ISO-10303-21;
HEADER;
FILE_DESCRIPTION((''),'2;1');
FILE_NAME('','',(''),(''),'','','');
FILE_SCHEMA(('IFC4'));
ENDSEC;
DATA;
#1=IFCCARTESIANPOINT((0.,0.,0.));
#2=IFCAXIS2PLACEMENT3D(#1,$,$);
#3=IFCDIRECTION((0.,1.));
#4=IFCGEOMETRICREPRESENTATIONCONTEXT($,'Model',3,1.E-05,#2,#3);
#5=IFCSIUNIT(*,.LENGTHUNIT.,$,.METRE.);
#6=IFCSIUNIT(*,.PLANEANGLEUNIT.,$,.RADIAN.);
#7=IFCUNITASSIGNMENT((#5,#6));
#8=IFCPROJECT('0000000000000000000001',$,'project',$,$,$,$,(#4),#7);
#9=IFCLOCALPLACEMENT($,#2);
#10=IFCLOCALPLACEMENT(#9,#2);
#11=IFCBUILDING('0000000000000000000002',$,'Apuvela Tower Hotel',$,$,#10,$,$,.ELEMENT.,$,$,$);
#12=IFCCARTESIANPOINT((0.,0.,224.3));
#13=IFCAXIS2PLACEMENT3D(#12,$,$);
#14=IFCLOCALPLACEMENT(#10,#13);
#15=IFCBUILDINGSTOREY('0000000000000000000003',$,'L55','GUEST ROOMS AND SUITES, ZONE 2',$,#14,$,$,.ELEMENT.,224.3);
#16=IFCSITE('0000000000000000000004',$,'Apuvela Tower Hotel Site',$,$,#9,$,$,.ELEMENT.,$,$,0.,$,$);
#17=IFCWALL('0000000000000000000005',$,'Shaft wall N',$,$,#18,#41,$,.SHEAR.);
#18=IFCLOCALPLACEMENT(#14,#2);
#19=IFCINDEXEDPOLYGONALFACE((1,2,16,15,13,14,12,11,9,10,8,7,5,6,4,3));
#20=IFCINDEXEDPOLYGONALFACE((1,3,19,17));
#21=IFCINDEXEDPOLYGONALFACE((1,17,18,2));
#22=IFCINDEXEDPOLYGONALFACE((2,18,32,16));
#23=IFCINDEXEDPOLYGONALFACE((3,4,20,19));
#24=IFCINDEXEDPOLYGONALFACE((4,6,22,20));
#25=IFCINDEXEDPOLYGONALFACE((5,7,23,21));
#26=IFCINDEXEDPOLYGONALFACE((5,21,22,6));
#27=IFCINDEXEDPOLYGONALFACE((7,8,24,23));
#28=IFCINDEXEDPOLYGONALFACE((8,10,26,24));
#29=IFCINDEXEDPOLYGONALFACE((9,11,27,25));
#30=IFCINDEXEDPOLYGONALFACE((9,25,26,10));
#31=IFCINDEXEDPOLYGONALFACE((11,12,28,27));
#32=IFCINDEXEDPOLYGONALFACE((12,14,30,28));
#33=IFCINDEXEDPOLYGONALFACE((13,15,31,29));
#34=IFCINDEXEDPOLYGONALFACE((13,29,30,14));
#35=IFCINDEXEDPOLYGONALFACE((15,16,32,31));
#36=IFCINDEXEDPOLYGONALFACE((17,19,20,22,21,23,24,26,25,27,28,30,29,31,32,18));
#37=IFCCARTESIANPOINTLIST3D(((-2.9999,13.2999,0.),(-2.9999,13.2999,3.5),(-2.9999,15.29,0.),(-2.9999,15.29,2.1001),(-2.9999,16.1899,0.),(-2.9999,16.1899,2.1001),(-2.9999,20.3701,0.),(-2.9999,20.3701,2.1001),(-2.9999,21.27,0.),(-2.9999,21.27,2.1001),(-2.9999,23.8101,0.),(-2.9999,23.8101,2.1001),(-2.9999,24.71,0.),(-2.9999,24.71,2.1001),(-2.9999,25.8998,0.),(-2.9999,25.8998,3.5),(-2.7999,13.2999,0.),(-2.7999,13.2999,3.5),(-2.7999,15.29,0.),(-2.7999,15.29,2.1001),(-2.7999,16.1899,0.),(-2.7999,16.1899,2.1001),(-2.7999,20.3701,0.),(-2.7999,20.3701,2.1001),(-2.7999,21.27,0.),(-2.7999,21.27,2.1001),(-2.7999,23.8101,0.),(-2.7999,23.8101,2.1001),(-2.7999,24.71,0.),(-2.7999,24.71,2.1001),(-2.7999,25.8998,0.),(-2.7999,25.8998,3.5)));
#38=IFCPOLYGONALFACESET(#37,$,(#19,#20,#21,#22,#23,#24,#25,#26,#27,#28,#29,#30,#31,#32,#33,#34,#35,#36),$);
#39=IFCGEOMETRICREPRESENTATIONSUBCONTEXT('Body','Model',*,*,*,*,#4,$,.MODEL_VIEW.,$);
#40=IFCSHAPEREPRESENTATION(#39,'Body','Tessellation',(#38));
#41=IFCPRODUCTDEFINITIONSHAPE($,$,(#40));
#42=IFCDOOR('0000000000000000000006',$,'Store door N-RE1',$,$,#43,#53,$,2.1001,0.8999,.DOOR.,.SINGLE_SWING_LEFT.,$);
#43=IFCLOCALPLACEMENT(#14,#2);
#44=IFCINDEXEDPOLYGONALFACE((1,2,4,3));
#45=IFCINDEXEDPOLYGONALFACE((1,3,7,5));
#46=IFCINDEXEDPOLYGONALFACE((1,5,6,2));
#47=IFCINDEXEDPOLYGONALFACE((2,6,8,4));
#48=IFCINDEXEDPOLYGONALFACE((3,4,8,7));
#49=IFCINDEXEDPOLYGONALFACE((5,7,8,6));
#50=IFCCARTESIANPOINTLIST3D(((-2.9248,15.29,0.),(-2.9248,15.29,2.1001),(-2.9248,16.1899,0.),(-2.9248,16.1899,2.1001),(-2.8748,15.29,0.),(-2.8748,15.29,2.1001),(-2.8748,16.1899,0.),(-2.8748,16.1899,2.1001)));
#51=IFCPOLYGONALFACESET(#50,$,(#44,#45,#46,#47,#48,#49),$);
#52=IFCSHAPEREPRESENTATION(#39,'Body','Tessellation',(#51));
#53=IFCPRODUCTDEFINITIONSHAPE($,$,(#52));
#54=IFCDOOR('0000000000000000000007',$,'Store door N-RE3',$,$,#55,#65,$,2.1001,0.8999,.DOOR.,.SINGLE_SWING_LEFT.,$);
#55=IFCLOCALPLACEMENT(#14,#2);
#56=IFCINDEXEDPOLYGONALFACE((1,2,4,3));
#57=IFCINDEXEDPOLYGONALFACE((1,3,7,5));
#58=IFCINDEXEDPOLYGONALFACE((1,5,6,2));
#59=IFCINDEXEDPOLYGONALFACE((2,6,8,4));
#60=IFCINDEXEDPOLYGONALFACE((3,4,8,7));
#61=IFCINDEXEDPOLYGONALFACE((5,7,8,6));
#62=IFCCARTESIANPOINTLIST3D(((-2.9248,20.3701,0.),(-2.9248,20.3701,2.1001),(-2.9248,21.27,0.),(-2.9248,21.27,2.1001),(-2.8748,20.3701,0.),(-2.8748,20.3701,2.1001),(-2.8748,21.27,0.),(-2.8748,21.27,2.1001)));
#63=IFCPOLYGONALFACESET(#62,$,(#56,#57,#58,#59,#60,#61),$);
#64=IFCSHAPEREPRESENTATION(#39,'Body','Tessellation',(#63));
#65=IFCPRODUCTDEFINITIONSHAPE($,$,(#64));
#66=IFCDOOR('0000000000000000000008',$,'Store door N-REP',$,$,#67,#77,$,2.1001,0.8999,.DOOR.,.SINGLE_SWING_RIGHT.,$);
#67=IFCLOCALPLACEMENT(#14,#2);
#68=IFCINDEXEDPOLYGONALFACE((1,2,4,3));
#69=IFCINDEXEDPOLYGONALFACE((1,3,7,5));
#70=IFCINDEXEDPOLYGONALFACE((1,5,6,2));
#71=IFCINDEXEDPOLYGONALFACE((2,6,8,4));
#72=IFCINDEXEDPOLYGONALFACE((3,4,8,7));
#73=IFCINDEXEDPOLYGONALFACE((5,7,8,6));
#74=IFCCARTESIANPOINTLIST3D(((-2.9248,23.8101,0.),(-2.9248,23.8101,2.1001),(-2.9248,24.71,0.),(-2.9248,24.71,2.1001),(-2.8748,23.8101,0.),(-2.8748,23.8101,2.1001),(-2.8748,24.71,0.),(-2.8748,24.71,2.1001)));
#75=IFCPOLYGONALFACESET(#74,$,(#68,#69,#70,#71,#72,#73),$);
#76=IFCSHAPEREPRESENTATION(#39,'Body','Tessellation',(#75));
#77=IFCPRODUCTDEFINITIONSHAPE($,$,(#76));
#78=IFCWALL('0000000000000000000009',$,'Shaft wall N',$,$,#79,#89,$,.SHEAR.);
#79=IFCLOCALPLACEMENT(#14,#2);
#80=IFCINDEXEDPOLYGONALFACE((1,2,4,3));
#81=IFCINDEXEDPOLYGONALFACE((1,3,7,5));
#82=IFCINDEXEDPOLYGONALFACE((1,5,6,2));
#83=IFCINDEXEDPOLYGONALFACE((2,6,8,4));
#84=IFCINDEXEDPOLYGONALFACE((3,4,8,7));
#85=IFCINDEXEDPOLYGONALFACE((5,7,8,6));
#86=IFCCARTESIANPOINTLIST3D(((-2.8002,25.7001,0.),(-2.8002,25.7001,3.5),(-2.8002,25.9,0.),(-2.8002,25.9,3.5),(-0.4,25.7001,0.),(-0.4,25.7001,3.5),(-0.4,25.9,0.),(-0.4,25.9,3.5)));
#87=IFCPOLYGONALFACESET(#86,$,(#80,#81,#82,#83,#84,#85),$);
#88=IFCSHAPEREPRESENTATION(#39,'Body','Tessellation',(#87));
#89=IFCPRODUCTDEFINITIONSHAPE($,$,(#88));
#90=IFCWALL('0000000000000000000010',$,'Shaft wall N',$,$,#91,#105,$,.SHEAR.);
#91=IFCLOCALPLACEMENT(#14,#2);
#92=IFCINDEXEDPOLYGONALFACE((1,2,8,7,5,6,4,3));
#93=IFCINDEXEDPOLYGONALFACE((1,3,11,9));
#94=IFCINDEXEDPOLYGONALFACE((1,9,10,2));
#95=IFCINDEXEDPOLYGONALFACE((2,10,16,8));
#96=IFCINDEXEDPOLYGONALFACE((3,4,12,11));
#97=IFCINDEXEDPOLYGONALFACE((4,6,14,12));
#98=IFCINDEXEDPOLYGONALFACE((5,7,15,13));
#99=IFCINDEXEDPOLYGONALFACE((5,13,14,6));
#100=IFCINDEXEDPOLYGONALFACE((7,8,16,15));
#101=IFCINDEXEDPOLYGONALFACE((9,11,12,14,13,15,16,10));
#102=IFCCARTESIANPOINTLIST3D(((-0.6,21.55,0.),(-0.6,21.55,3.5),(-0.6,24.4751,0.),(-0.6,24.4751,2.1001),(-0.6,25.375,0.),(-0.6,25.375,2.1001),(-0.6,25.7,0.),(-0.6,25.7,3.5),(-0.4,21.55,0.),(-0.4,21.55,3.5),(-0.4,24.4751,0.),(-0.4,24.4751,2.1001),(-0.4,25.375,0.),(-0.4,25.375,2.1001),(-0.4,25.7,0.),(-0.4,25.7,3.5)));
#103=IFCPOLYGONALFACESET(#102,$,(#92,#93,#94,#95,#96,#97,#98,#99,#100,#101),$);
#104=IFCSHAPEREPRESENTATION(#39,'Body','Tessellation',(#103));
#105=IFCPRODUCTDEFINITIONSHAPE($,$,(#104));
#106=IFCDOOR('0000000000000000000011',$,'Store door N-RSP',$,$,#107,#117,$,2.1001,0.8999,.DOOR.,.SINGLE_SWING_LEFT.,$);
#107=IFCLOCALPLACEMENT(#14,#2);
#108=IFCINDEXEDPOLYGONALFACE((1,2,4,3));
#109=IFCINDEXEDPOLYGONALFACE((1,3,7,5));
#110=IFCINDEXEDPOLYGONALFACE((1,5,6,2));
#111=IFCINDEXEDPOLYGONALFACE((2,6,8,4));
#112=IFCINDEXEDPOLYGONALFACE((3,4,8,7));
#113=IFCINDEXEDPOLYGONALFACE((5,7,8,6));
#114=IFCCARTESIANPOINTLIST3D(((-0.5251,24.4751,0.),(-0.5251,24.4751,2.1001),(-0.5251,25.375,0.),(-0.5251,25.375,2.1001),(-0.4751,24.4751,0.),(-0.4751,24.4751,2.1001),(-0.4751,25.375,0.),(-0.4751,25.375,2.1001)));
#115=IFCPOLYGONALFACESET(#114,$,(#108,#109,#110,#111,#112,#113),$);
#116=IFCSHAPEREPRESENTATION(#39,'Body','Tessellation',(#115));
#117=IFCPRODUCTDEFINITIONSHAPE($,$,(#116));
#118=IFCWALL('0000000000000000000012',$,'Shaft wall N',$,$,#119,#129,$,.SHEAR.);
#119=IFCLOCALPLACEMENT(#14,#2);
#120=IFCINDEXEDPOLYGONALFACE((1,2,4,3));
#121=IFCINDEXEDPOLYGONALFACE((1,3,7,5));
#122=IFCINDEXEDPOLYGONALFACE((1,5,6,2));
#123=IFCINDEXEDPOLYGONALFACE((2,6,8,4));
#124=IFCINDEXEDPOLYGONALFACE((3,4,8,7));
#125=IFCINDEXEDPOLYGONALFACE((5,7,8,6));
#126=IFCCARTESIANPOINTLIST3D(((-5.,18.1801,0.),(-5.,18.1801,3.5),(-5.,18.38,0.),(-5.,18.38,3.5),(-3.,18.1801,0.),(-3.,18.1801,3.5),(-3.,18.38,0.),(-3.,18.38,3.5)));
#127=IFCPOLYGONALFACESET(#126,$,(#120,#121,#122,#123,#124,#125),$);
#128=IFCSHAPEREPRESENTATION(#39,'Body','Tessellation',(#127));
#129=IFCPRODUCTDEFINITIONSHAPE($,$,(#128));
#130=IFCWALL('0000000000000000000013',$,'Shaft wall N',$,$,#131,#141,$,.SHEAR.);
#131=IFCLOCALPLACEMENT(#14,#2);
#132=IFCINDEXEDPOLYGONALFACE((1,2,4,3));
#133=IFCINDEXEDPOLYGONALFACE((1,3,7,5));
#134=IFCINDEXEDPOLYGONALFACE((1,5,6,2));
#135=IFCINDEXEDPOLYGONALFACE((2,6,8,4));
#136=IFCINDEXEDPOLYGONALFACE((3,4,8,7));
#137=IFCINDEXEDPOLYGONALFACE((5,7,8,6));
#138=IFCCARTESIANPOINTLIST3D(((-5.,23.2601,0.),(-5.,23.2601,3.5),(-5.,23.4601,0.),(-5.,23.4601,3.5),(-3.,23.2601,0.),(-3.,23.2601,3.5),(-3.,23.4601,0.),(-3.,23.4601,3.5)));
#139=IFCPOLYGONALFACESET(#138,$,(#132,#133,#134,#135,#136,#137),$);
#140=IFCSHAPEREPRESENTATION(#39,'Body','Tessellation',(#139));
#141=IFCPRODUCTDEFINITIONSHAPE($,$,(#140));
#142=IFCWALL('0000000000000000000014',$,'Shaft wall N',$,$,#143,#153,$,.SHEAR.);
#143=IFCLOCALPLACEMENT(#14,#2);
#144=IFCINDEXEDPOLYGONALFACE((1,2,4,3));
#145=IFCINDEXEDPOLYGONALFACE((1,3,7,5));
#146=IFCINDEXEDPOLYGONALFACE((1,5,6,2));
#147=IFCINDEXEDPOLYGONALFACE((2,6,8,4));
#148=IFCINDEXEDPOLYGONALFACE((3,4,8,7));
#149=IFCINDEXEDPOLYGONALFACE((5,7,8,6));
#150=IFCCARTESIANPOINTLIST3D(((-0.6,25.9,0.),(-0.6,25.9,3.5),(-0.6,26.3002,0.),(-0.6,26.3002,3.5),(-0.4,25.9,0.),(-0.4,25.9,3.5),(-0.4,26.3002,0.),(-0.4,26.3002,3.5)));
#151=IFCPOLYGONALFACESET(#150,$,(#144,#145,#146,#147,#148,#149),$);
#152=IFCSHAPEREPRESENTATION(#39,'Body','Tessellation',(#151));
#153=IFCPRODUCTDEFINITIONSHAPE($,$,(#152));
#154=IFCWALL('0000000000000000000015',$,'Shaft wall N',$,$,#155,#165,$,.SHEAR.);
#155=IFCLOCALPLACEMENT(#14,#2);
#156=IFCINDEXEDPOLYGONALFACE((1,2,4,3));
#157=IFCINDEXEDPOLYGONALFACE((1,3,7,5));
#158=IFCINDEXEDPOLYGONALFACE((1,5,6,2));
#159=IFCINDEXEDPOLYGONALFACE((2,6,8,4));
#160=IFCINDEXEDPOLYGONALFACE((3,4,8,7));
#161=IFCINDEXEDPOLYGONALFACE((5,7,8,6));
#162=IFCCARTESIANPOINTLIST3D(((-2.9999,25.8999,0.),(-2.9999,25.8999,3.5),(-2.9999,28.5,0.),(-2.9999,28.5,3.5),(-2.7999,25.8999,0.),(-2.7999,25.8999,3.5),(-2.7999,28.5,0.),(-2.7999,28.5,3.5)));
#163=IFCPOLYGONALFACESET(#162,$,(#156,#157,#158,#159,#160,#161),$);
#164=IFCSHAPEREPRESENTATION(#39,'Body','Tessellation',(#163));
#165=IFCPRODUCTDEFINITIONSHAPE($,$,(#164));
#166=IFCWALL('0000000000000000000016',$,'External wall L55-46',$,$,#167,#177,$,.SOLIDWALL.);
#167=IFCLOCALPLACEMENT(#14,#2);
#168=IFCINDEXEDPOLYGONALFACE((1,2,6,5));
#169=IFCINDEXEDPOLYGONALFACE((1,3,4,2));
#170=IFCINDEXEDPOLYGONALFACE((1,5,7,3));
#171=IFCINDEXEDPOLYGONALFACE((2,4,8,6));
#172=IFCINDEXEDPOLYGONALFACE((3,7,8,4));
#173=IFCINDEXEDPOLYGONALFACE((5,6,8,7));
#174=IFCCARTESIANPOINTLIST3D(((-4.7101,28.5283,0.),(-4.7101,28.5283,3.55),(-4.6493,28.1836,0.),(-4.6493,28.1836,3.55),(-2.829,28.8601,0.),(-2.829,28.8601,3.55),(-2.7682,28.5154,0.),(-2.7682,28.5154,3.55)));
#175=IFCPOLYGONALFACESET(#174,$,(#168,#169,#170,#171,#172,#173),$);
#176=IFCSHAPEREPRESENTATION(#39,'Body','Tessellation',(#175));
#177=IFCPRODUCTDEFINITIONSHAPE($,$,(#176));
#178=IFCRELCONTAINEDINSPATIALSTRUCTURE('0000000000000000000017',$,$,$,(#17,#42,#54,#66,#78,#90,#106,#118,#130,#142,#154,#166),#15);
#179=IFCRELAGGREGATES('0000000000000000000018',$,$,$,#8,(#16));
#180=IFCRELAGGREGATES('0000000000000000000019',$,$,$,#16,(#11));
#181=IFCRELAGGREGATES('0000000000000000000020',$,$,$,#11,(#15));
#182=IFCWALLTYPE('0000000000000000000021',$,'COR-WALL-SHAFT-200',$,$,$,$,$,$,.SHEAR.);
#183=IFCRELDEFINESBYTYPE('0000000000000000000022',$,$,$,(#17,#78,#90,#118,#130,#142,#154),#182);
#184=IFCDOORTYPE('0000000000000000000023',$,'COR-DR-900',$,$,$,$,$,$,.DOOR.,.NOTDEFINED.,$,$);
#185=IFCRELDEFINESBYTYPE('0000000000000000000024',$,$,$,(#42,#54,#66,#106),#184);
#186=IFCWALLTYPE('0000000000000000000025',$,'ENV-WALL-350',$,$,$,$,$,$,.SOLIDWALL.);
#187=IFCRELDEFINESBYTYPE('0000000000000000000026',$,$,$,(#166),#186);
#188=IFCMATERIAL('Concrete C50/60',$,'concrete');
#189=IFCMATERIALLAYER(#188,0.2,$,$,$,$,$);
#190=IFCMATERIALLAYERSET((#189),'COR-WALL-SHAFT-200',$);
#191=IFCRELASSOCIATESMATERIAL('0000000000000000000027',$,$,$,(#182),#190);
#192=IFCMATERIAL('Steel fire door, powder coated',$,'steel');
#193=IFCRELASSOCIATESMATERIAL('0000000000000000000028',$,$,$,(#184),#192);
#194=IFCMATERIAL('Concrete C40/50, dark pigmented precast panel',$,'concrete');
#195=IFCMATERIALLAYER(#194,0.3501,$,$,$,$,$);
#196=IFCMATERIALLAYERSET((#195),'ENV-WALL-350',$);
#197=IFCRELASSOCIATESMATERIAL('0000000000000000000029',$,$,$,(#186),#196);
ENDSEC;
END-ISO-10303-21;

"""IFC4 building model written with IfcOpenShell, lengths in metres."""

from ifc_helpers import new_model, si_unit, direction, frame, frame_2d, origin, place, context, subcontext, project, spatial, rectangle, extrude, material, layer, layer_set, type_object, element, fill, save


model = new_model("IFC4")

# Units and contexts
model_context = context("Model", 3, precision=1e-05, world=origin(), true_north=direction((0.0, 1.0)))
body_context = subcontext(model_context, "Body", "Model", "MODEL_VIEW")
ifc_project = project(units=[si_unit("LENGTHUNIT", "METRE"), si_unit("PLANEANGLEUNIT", "RADIAN")], contexts=[model_context])

# Site, building, storey
site_placement = place(None, origin())
site = spatial("IfcSite", under=ifc_project, at=site_placement, Name="Apuvela Tower Hotel Site", CompositionType="ELEMENT", RefElevation=0.0)
building_placement = place(site_placement, origin())
building = spatial("IfcBuilding", under=site, at=building_placement, Name="Apuvela Tower Hotel", CompositionType="ELEMENT")
storey_placement = place(building_placement, frame((0.0, 0.0, 224.3)))
storey = spatial("IfcBuildingStorey", under=building, at=storey_placement, Name="L55", Description="GUEST ROOMS AND SUITES, ZONE 2", CompositionType="ELEMENT", Elevation=224.3)

# Shared definitions
ifc_material_1 = material(Name="Concrete C50/60", Category="concrete")
ifc_layer_1 = layer(ifc_material_1, 0.2)
ifc_layer_set_1 = layer_set([ifc_layer_1], Name="COR-WALL-SHAFT-200")
wall_type_1 = type_object("IfcWallType", Name="COR-WALL-SHAFT-200", PredefinedType="SHEAR", material=ifc_layer_set_1)

# Wall, openings, doors
wall_1_placement = place(storey_placement, frame((-2.8999, 13.3, 0.0), z_axis=(0.0, 0.0, 1.0), x_axis=(0.0, 1.0, 0.0)))
wall_1 = element("IfcWall", 1, at=wall_1_placement, inside=storey, type_object=wall_type_1, Name="Shaft wall N", PredefinedType="SHEAR", context=body_context, shape_type="SweptSolid", body=[
    extrude(rectangle(XDim=12.5999, YDim=0.2, at=frame_2d((6.2998, 0.0))), origin(), (0.0, 0.0, 1.0), 3.5),
])
opening_1_placement = place(wall_1_placement, frame((1.99, 0.0, 0.0)))
opening_1 = element("IfcOpeningElement", 2, at=opening_1_placement, cuts=wall_1, PredefinedType="OPENING", context=body_context, shape_type="SweptSolid", body=[
    extrude(rectangle(XDim=0.8999, YDim=2.1001, at=frame_2d((0.45, 1.05))), frame((0.0, 0.1099, 0.0), z_axis=(0.0, -1.0, 0.0), x_axis=(1.0, 0.0, 0.0)), (0.0, 0.0, 1.0), 0.22),
])
opening_2_placement = place(wall_1_placement, frame((7.0701, 0.0, 0.0)))
opening_2 = element("IfcOpeningElement", 3, at=opening_2_placement, cuts=wall_1, PredefinedType="OPENING", context=body_context, shape_type="SweptSolid", body=[
    extrude(rectangle(XDim=0.8999, YDim=2.1001, at=frame_2d((0.45, 1.05))), frame((0.0, 0.1099, 0.0), z_axis=(0.0, -1.0, 0.0), x_axis=(1.0, 0.0, 0.0)), (0.0, 0.0, 1.0), 0.22),
])
opening_3_placement = place(wall_1_placement, frame((10.51, 0.0, 0.0)))
opening_3 = element("IfcOpeningElement", 4, at=opening_3_placement, cuts=wall_1, PredefinedType="OPENING", context=body_context, shape_type="SweptSolid", body=[
    extrude(rectangle(XDim=0.8999, YDim=2.1001, at=frame_2d((0.45, 1.05))), frame((0.0, 0.1099, 0.0), z_axis=(0.0, -1.0, 0.0), x_axis=(1.0, 0.0, 0.0)), (0.0, 0.0, 1.0), 0.22),
])
ifc_material_2 = material(Name="Steel fire door, powder coated", Category="steel")
door_type_1 = type_object("IfcDoorType", Name="COR-DR-900", OperationType="NOTDEFINED", PredefinedType="DOOR", material=ifc_material_2)
door_1_placement = place(opening_1_placement, origin())
door_1 = element("IfcDoor", 5, at=door_1_placement, inside=storey, type_object=door_type_1, Name="Store door N-RE1", OperationType="SINGLE_SWING_LEFT", OverallHeight=2.1001, OverallWidth=0.8999, PredefinedType="DOOR", context=body_context, shape_type="SweptSolid", body=[
    extrude(rectangle(XDim=0.8999, YDim=2.1001, at=frame_2d((0.45, 1.05))), frame((0.0, 0.0249, 0.0), z_axis=(0.0, -1.0, 0.0), x_axis=(1.0, 0.0, 0.0)), (0.0, 0.0, 1.0), 0.05),
])
fill(opening_1, door_1)
door_2_placement = place(opening_2_placement, origin())
door_2 = element("IfcDoor", 6, at=door_2_placement, inside=storey, type_object=door_type_1, Name="Store door N-RE3", OperationType="SINGLE_SWING_LEFT", OverallHeight=2.1001, OverallWidth=0.8999, PredefinedType="DOOR", context=body_context, shape_type="SweptSolid", body=[
    extrude(rectangle(XDim=0.8999, YDim=2.1001, at=frame_2d((0.45, 1.05))), frame((0.0, 0.0249, 0.0), z_axis=(0.0, -1.0, 0.0), x_axis=(1.0, 0.0, 0.0)), (0.0, 0.0, 1.0), 0.05),
])
fill(opening_2, door_2)
door_3_placement = place(opening_3_placement, origin())
door_3 = element("IfcDoor", 7, at=door_3_placement, inside=storey, type_object=door_type_1, Name="Store door N-REP", OperationType="SINGLE_SWING_RIGHT", OverallHeight=2.1001, OverallWidth=0.8999, PredefinedType="DOOR", context=body_context, shape_type="SweptSolid", body=[
    extrude(rectangle(XDim=0.8999, YDim=2.1001, at=frame_2d((0.45, 1.05))), frame((0.0, 0.0249, 0.0), z_axis=(0.0, -1.0, 0.0), x_axis=(1.0, 0.0, 0.0)), (0.0, 0.0, 1.0), 0.05),
])
fill(opening_3, door_3)

# Wall
wall_2_placement = place(storey_placement, frame((-0.3999, 25.8, 0.0), z_axis=(0.0, 0.0, 1.0), x_axis=(-1.0, 0.0, 0.0)))
element("IfcWall", 8, at=wall_2_placement, inside=storey, type_object=wall_type_1, Name="Shaft wall N", PredefinedType="SHEAR", context=body_context, shape_type="SweptSolid", body=[
    extrude(rectangle(XDim=2.4001, YDim=0.2, at=frame_2d((1.2002, 0.0))), origin(), (0.0, 0.0, 1.0), 3.5),
])

# Wall, opening, door
wall_3_placement = place(storey_placement, frame((-0.5, 21.55, 0.0), z_axis=(0.0, 0.0, 1.0), x_axis=(0.0, 1.0, 0.0)))
wall_3 = element("IfcWall", 9, at=wall_3_placement, inside=storey, type_object=wall_type_1, Name="Shaft wall N", PredefinedType="SHEAR", context=body_context, shape_type="SweptSolid", body=[
    extrude(rectangle(XDim=4.1499, YDim=0.2, at=frame_2d((2.075, 0.0))), origin(), (0.0, 0.0, 1.0), 3.5),
])
opening_4_placement = place(wall_3_placement, frame((2.925, 0.0, 0.0)))
opening_4 = element("IfcOpeningElement", 10, at=opening_4_placement, cuts=wall_3, PredefinedType="OPENING", context=body_context, shape_type="SweptSolid", body=[
    extrude(rectangle(XDim=0.8999, YDim=2.1001, at=frame_2d((0.45, 1.05))), frame((0.0, 0.1099, 0.0), z_axis=(0.0, -1.0, 0.0), x_axis=(1.0, 0.0, 0.0)), (0.0, 0.0, 1.0), 0.22),
])
door_4_placement = place(opening_4_placement, frame((0.8999, 0.0, 0.0), z_axis=(0.0, 0.0, 1.0), x_axis=(-1.0, 0.0, 0.0)))
door_4 = element("IfcDoor", 11, at=door_4_placement, inside=storey, type_object=door_type_1, Name="Store door N-RSP", OperationType="SINGLE_SWING_LEFT", OverallHeight=2.1001, OverallWidth=0.8999, PredefinedType="DOOR", context=body_context, shape_type="SweptSolid", body=[
    extrude(rectangle(XDim=0.8999, YDim=2.1001, at=frame_2d((0.45, 1.05))), frame((0.0, 0.0249, 0.0), z_axis=(0.0, -1.0, 0.0), x_axis=(1.0, 0.0, 0.0)), (0.0, 0.0, 1.0), 0.05),
])
fill(opening_4, door_4)

# Walls
for number, where, z_axis, x_axis, name in (
    (12, (-3.0, 18.28, 0.0), (0.0, 0.0, 1.0), (-1.0, 0.0, 0.0), "Shaft wall N"),
    (13, (-3.0, 23.3601, 0.0), (0.0, 0.0, 1.0), (-1.0, 0.0, 0.0), "Shaft wall N"),
):
    element("IfcWall", number, at=place(storey_placement, frame(where, z_axis=z_axis, x_axis=x_axis)), inside=storey, type_object=wall_type_1, Name=name, PredefinedType="SHEAR", context=body_context, shape_type="SweptSolid", body=[
        extrude(rectangle(XDim=2.0, YDim=0.2, at=frame_2d((1.0, 0.0))), origin(), (0.0, 0.0, 1.0), 3.5),
    ])
wall_4_placement = place(storey_placement, frame((-0.5, 25.8999, 0.0), z_axis=(0.0, 0.0, 1.0), x_axis=(0.0, 1.0, 0.0)))
element("IfcWall", 14, at=wall_4_placement, inside=storey, type_object=wall_type_1, Name="Shaft wall N", PredefinedType="SHEAR", context=body_context, shape_type="SweptSolid", body=[
    extrude(rectangle(XDim=0.4001, YDim=0.2, at=frame_2d((0.2002, 0.0))), origin(), (0.0, 0.0, 1.0), 3.5),
])
wall_5_placement = place(storey_placement, frame((-2.8999, 25.8999, 0.0), z_axis=(0.0, 0.0, 1.0), x_axis=(0.0, 1.0, 0.0)))
element("IfcWall", 15, at=wall_5_placement, inside=storey, type_object=wall_type_1, Name="Shaft wall N", PredefinedType="SHEAR", context=body_context, shape_type="SweptSolid", body=[
    extrude(rectangle(XDim=2.6001, YDim=0.2, at=frame_2d((1.3, 0.0))), origin(), (0.0, 0.0, 1.0), 3.5),
])

# Shared definitions
ifc_material_3 = material(Name="Concrete C40/50, dark pigmented precast panel", Category="concrete")
ifc_layer_2 = layer(ifc_material_3, 0.3501)
ifc_layer_set_2 = layer_set([ifc_layer_2], Name="ENV-WALL-350")
wall_type_2 = type_object("IfcWallType", Name="ENV-WALL-350", PredefinedType="SOLIDWALL", material=ifc_layer_set_2)

# Wall
for number, where, z_axis, x_axis, name in (
    (16, (-2.7986, 28.6877, 0.0), (0.0, 0.0, 1.0), (-0.984799, -0.173698, 0.0), "External wall L55-46"),
):
    element("IfcWall", number, at=place(storey_placement, frame(where, z_axis=z_axis, x_axis=x_axis)), inside=storey, type_object=wall_type_2, Name=name, PredefinedType="SOLIDWALL", context=body_context, shape_type="SweptSolid", body=[
        extrude(rectangle(XDim=1.9102, YDim=0.3501, at=frame_2d((0.9551, 0.0))), origin(), (0.0, 0.0, 1.0), 3.55),
    ])

save(model, "model.ifc")
